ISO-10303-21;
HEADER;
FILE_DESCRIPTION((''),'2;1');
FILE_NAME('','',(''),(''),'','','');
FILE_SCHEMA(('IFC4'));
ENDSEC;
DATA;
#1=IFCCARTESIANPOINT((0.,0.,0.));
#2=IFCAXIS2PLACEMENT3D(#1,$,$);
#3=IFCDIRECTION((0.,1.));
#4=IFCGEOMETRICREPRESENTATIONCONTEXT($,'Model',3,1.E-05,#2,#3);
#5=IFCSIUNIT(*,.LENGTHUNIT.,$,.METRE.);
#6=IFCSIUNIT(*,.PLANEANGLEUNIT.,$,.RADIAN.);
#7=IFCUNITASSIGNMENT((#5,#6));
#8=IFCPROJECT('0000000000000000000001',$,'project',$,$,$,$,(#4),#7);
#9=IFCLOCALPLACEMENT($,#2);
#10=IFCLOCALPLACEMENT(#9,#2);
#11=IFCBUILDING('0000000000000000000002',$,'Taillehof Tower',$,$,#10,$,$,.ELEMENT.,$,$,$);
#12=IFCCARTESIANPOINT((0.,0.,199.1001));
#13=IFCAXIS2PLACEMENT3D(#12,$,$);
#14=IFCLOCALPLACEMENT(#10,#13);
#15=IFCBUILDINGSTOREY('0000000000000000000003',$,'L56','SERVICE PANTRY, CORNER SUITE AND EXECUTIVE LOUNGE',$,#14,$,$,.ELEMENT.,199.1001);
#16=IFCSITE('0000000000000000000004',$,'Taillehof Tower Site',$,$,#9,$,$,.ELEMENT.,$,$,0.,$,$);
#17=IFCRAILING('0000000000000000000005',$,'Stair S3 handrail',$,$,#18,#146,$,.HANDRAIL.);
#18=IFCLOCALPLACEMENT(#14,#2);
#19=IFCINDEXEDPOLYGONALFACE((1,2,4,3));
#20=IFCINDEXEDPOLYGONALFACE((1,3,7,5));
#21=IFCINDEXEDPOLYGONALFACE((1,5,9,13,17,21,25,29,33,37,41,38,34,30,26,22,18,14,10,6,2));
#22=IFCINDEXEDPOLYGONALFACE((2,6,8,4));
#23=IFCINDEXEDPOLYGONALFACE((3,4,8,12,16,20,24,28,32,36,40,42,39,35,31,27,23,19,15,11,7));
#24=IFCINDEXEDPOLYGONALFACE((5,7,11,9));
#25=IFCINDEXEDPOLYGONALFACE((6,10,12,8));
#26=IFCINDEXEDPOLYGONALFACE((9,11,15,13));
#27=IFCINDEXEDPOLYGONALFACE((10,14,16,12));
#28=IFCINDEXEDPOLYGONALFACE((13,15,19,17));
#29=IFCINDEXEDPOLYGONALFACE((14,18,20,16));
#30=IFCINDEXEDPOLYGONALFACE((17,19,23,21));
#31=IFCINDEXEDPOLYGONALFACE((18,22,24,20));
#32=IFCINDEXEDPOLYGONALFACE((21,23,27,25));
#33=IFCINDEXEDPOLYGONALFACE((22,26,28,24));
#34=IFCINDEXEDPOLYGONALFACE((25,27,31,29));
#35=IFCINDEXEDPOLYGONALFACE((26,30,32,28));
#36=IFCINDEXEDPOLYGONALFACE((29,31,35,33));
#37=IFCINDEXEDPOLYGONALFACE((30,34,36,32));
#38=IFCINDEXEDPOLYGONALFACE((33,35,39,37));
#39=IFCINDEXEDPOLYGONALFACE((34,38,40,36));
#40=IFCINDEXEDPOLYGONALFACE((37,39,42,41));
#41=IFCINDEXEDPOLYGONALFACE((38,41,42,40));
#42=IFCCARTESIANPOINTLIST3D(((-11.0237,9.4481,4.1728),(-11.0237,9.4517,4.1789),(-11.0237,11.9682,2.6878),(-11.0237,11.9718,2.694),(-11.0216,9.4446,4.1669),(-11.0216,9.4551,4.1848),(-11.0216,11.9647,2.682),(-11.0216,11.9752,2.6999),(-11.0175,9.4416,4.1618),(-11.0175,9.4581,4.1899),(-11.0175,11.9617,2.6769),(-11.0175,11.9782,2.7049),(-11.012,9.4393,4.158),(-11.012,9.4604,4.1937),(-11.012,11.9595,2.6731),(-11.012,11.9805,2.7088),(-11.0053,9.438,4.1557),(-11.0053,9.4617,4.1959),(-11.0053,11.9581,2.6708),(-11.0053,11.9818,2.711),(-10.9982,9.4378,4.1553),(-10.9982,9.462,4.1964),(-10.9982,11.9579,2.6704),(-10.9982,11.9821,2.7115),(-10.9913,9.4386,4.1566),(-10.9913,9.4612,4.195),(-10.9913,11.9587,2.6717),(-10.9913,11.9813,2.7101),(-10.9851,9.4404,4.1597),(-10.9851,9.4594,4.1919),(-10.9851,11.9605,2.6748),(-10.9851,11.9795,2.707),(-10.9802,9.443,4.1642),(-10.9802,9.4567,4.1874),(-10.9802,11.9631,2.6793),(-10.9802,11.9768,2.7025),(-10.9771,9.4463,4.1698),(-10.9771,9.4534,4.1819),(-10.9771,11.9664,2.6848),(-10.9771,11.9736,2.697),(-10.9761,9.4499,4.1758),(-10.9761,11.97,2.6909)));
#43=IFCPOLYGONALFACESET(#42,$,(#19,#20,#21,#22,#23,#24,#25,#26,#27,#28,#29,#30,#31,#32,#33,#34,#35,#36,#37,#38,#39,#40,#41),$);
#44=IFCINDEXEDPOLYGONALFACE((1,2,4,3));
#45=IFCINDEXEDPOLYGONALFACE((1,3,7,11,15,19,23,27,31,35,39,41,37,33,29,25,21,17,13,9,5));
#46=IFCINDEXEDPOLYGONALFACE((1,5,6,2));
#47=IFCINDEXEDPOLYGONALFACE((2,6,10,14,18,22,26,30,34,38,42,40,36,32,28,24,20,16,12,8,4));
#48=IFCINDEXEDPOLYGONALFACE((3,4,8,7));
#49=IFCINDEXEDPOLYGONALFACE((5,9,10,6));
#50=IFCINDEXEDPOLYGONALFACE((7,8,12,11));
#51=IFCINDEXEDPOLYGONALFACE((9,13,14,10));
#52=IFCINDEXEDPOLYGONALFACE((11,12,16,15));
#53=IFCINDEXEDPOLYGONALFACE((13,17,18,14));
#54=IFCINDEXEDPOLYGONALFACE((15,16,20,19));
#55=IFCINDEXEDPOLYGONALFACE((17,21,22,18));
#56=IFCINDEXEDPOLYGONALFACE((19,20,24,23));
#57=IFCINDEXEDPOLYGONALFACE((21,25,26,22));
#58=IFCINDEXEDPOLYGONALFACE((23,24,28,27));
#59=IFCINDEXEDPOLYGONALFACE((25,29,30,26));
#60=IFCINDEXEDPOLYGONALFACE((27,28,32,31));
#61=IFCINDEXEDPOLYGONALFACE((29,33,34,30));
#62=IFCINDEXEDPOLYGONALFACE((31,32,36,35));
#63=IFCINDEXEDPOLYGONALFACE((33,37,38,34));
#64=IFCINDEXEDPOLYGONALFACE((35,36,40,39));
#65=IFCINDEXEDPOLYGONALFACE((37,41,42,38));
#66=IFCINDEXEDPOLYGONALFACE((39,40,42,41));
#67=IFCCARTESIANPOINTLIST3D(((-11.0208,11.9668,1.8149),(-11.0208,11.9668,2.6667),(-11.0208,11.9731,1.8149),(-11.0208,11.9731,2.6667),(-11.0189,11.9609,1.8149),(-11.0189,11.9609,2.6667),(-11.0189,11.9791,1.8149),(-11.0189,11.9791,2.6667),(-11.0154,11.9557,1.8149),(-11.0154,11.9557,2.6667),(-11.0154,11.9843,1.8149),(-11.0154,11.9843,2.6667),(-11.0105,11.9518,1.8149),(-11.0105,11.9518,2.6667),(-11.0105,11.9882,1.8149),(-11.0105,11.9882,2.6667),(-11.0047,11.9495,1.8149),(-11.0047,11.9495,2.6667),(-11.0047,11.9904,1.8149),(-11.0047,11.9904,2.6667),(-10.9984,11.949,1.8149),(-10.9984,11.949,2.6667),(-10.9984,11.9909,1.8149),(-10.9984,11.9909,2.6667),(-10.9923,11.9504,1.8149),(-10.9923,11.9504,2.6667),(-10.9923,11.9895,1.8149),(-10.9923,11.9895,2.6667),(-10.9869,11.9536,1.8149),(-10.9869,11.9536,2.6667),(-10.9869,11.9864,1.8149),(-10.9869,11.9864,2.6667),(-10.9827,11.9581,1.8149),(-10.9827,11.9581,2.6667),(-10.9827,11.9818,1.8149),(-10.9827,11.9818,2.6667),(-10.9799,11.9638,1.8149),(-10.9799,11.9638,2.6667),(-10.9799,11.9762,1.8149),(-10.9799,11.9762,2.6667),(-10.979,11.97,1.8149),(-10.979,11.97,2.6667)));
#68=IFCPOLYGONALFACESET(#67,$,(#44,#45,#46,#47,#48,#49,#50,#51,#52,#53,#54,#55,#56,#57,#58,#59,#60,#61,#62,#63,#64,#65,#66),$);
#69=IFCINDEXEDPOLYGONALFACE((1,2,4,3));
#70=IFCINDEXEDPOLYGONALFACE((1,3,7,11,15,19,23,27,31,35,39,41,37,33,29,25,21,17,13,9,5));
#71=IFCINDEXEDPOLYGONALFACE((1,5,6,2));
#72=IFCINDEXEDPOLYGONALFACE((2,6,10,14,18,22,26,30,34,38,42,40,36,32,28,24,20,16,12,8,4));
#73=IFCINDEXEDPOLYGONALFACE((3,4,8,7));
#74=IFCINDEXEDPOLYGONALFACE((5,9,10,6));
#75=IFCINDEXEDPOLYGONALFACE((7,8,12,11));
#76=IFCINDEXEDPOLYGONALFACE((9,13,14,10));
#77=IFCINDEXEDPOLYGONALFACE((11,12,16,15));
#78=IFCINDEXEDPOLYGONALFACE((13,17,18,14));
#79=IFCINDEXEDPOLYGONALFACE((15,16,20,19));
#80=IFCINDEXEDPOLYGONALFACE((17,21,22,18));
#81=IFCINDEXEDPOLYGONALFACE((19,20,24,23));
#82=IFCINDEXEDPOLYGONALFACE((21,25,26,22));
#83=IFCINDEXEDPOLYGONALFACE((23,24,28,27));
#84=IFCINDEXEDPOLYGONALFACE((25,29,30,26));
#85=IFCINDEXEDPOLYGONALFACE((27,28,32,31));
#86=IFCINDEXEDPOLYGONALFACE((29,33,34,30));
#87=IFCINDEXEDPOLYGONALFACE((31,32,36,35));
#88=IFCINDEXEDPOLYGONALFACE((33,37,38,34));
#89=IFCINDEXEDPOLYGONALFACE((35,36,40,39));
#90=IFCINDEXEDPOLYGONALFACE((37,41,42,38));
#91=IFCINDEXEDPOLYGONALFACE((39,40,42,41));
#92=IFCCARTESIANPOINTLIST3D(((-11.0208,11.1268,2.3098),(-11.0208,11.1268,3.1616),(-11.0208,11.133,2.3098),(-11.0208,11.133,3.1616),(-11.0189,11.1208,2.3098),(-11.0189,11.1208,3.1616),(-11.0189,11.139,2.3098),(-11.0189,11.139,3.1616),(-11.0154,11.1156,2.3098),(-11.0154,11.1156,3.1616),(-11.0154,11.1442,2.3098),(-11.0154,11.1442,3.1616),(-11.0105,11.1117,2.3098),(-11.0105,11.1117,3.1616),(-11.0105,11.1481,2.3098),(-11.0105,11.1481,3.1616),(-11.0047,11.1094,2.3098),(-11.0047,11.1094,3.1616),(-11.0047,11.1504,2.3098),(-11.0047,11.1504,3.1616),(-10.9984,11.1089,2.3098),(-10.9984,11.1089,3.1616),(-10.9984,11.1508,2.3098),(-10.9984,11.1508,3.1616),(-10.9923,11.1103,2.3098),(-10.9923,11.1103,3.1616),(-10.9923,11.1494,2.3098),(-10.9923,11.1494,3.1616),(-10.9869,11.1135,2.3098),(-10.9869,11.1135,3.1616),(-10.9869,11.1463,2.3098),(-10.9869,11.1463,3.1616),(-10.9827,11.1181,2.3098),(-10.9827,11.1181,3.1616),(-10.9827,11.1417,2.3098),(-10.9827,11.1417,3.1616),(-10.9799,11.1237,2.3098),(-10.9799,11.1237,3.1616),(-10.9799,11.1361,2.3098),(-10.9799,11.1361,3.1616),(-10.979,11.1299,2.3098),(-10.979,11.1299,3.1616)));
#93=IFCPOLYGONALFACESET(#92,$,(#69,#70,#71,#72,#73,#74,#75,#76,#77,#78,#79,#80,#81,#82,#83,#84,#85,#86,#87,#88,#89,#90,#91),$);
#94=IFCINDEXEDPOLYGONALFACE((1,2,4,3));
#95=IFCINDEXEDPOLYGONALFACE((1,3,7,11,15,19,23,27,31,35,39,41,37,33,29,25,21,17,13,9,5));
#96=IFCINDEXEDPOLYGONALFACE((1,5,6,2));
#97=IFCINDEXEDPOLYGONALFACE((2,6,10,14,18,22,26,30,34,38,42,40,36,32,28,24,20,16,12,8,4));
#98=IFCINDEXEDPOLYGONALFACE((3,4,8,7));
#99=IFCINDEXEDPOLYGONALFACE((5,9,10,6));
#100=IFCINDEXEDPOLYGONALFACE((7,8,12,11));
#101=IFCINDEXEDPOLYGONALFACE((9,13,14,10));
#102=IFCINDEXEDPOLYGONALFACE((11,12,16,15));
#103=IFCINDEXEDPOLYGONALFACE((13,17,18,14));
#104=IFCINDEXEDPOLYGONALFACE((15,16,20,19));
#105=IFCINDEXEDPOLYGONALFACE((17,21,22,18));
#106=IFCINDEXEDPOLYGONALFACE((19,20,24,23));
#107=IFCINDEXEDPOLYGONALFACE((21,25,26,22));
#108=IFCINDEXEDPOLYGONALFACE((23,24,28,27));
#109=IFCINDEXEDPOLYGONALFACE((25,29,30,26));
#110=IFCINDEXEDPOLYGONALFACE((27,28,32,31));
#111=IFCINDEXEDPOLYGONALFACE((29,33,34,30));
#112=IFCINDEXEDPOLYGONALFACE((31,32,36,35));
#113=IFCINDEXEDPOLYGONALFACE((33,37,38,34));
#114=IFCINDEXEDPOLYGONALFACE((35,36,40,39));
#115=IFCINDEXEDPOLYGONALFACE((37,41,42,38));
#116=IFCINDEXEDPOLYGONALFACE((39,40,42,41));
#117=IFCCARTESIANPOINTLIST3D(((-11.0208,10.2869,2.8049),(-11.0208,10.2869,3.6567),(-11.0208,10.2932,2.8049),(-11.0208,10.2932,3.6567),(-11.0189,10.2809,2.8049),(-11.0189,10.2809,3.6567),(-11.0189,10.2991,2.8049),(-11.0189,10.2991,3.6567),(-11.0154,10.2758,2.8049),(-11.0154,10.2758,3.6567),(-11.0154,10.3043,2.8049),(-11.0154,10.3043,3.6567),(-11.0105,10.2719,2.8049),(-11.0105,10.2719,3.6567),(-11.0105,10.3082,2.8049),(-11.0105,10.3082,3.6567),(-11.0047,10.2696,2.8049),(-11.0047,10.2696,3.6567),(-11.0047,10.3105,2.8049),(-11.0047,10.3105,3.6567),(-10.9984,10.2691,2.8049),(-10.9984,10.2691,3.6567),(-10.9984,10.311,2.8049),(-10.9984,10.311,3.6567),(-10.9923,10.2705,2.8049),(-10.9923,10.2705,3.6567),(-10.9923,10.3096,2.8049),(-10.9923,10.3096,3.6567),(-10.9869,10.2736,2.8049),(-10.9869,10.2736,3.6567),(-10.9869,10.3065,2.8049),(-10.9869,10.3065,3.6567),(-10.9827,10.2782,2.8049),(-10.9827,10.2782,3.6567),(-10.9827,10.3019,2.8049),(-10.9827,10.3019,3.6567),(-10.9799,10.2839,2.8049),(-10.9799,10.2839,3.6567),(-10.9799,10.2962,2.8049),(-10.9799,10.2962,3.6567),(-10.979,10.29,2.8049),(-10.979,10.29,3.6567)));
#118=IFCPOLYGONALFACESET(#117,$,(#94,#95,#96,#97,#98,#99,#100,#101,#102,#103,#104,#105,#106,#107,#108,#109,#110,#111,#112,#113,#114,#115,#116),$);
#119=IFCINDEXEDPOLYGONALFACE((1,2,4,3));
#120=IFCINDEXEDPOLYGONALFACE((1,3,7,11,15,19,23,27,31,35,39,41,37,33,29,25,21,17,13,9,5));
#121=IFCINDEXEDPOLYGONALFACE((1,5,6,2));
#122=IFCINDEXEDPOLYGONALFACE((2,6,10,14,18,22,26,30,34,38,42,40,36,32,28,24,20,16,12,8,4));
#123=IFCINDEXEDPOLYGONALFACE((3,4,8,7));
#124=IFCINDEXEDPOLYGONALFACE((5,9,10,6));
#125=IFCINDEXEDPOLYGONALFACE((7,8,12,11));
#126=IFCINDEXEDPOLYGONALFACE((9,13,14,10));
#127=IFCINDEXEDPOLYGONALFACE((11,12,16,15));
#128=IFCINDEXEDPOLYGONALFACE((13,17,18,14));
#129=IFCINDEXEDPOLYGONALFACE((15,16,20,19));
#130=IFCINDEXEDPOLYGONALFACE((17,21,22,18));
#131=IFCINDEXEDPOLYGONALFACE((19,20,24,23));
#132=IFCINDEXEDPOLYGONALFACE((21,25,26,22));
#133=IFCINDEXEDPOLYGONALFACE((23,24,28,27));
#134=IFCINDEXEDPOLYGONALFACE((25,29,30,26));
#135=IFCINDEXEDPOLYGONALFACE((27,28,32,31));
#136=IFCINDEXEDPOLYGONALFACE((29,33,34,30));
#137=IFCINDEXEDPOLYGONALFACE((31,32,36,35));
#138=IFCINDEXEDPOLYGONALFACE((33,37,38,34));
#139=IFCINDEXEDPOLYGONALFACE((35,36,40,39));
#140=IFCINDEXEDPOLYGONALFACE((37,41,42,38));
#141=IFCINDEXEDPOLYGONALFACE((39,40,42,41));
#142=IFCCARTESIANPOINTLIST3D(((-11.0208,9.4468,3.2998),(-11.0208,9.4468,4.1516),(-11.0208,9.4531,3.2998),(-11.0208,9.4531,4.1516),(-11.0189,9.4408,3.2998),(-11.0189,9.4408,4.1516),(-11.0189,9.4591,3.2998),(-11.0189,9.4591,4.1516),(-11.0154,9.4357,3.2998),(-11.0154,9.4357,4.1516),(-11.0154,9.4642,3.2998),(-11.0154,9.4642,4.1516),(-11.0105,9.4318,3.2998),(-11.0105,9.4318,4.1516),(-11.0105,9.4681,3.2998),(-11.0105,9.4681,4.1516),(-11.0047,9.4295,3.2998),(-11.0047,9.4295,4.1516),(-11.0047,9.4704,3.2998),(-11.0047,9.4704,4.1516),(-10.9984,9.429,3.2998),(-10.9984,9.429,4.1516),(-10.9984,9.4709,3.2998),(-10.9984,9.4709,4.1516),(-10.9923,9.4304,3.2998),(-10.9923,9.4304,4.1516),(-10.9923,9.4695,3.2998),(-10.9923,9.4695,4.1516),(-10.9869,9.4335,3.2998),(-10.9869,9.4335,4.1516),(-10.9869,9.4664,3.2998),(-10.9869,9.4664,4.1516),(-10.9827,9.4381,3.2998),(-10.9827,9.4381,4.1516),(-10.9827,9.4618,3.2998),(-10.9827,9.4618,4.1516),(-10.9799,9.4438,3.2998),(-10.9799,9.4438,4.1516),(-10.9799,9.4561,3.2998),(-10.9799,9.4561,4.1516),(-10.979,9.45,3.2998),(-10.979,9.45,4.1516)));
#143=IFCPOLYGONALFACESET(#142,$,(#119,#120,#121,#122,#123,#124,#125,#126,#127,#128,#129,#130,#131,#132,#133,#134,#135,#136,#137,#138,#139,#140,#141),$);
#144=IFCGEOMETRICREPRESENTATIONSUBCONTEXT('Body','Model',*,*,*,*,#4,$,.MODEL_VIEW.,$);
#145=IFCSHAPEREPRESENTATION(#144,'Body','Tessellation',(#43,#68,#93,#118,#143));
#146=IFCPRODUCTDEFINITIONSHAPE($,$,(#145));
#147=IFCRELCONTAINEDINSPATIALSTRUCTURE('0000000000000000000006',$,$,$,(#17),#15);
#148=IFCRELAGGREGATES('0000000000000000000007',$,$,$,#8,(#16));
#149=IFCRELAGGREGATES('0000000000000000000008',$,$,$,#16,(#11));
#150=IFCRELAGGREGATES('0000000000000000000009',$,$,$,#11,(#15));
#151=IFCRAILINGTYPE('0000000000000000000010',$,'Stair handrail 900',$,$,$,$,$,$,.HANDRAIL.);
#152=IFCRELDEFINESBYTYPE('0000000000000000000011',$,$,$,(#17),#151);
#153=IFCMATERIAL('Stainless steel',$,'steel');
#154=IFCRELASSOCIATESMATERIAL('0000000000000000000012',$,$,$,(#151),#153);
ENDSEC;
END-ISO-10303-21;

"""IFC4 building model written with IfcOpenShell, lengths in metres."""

from ifc_helpers import new_model, si_unit, direction, frame, origin, origin_2d, place, context, subcontext, project, spatial, circle, extrude, material, type_object, element, save


model = new_model("IFC4")

# Units and contexts
model_context = context("Model", 3, precision=1e-05, world=origin(), true_north=direction((0.0, 1.0)))
body_context = subcontext(model_context, "Body", "Model", "MODEL_VIEW")
ifc_project = project(units=[si_unit("LENGTHUNIT", "METRE"), si_unit("PLANEANGLEUNIT", "RADIAN")], contexts=[model_context])

# Site, building, storey
site_placement = place(None, origin())
site = spatial("IfcSite", under=ifc_project, at=site_placement, Name="Taillehof Tower Site", CompositionType="ELEMENT", RefElevation=0.0)
building_placement = place(site_placement, origin())
building = spatial("IfcBuilding", under=site, at=building_placement, Name="Taillehof Tower", CompositionType="ELEMENT")
storey_placement = place(building_placement, frame((0.0, 0.0, 199.1001)))
storey = spatial("IfcBuildingStorey", under=building, at=storey_placement, Name="L56", Description="SERVICE PANTRY, CORNER SUITE AND EXECUTIVE LOUNGE", CompositionType="ELEMENT", Elevation=199.1001)

# Railing
ifc_material_1 = material(Name="Stainless steel", Category="steel")
railing_type = type_object("IfcRailingType", Name="Stair handrail 900", PredefinedType="HANDRAIL", material=ifc_material_1)
railing_placement = place(storey_placement, frame((-11.0, 11.97, 1.8149)))
element("IfcRailing", 1, at=railing_placement, inside=storey, type_object=railing_type, Name="Stair S3 handrail", PredefinedType="HANDRAIL", context=body_context, shape_type="SweptSolid", body=[
    extrude(circle(Radius=0.0239, at=origin_2d()), frame((0.0, 0.0, 0.876), z_axis=(0.0, -0.861561, 0.507655), x_axis=(1.0, 0.0, 0.0)), (0.0, 0.0, 1.0), 2.925),
    extrude(circle(Radius=0.021, at=origin_2d()), origin(), (0.0, 0.0, 1.0), 0.8518),
    extrude(circle(Radius=0.021, at=origin_2d()), frame((0.0, -0.8401, 0.4949)), (0.0, 0.0, 1.0), 0.8518),
    extrude(circle(Radius=0.021, at=origin_2d()), frame((0.0, -1.6799, 0.99)), (0.0, 0.0, 1.0), 0.8518),
    extrude(circle(Radius=0.021, at=origin_2d()), frame((0.0, -2.52, 1.4849)), (0.0, 0.0, 1.0), 0.8518),
])

save(model, "model.ifc")
